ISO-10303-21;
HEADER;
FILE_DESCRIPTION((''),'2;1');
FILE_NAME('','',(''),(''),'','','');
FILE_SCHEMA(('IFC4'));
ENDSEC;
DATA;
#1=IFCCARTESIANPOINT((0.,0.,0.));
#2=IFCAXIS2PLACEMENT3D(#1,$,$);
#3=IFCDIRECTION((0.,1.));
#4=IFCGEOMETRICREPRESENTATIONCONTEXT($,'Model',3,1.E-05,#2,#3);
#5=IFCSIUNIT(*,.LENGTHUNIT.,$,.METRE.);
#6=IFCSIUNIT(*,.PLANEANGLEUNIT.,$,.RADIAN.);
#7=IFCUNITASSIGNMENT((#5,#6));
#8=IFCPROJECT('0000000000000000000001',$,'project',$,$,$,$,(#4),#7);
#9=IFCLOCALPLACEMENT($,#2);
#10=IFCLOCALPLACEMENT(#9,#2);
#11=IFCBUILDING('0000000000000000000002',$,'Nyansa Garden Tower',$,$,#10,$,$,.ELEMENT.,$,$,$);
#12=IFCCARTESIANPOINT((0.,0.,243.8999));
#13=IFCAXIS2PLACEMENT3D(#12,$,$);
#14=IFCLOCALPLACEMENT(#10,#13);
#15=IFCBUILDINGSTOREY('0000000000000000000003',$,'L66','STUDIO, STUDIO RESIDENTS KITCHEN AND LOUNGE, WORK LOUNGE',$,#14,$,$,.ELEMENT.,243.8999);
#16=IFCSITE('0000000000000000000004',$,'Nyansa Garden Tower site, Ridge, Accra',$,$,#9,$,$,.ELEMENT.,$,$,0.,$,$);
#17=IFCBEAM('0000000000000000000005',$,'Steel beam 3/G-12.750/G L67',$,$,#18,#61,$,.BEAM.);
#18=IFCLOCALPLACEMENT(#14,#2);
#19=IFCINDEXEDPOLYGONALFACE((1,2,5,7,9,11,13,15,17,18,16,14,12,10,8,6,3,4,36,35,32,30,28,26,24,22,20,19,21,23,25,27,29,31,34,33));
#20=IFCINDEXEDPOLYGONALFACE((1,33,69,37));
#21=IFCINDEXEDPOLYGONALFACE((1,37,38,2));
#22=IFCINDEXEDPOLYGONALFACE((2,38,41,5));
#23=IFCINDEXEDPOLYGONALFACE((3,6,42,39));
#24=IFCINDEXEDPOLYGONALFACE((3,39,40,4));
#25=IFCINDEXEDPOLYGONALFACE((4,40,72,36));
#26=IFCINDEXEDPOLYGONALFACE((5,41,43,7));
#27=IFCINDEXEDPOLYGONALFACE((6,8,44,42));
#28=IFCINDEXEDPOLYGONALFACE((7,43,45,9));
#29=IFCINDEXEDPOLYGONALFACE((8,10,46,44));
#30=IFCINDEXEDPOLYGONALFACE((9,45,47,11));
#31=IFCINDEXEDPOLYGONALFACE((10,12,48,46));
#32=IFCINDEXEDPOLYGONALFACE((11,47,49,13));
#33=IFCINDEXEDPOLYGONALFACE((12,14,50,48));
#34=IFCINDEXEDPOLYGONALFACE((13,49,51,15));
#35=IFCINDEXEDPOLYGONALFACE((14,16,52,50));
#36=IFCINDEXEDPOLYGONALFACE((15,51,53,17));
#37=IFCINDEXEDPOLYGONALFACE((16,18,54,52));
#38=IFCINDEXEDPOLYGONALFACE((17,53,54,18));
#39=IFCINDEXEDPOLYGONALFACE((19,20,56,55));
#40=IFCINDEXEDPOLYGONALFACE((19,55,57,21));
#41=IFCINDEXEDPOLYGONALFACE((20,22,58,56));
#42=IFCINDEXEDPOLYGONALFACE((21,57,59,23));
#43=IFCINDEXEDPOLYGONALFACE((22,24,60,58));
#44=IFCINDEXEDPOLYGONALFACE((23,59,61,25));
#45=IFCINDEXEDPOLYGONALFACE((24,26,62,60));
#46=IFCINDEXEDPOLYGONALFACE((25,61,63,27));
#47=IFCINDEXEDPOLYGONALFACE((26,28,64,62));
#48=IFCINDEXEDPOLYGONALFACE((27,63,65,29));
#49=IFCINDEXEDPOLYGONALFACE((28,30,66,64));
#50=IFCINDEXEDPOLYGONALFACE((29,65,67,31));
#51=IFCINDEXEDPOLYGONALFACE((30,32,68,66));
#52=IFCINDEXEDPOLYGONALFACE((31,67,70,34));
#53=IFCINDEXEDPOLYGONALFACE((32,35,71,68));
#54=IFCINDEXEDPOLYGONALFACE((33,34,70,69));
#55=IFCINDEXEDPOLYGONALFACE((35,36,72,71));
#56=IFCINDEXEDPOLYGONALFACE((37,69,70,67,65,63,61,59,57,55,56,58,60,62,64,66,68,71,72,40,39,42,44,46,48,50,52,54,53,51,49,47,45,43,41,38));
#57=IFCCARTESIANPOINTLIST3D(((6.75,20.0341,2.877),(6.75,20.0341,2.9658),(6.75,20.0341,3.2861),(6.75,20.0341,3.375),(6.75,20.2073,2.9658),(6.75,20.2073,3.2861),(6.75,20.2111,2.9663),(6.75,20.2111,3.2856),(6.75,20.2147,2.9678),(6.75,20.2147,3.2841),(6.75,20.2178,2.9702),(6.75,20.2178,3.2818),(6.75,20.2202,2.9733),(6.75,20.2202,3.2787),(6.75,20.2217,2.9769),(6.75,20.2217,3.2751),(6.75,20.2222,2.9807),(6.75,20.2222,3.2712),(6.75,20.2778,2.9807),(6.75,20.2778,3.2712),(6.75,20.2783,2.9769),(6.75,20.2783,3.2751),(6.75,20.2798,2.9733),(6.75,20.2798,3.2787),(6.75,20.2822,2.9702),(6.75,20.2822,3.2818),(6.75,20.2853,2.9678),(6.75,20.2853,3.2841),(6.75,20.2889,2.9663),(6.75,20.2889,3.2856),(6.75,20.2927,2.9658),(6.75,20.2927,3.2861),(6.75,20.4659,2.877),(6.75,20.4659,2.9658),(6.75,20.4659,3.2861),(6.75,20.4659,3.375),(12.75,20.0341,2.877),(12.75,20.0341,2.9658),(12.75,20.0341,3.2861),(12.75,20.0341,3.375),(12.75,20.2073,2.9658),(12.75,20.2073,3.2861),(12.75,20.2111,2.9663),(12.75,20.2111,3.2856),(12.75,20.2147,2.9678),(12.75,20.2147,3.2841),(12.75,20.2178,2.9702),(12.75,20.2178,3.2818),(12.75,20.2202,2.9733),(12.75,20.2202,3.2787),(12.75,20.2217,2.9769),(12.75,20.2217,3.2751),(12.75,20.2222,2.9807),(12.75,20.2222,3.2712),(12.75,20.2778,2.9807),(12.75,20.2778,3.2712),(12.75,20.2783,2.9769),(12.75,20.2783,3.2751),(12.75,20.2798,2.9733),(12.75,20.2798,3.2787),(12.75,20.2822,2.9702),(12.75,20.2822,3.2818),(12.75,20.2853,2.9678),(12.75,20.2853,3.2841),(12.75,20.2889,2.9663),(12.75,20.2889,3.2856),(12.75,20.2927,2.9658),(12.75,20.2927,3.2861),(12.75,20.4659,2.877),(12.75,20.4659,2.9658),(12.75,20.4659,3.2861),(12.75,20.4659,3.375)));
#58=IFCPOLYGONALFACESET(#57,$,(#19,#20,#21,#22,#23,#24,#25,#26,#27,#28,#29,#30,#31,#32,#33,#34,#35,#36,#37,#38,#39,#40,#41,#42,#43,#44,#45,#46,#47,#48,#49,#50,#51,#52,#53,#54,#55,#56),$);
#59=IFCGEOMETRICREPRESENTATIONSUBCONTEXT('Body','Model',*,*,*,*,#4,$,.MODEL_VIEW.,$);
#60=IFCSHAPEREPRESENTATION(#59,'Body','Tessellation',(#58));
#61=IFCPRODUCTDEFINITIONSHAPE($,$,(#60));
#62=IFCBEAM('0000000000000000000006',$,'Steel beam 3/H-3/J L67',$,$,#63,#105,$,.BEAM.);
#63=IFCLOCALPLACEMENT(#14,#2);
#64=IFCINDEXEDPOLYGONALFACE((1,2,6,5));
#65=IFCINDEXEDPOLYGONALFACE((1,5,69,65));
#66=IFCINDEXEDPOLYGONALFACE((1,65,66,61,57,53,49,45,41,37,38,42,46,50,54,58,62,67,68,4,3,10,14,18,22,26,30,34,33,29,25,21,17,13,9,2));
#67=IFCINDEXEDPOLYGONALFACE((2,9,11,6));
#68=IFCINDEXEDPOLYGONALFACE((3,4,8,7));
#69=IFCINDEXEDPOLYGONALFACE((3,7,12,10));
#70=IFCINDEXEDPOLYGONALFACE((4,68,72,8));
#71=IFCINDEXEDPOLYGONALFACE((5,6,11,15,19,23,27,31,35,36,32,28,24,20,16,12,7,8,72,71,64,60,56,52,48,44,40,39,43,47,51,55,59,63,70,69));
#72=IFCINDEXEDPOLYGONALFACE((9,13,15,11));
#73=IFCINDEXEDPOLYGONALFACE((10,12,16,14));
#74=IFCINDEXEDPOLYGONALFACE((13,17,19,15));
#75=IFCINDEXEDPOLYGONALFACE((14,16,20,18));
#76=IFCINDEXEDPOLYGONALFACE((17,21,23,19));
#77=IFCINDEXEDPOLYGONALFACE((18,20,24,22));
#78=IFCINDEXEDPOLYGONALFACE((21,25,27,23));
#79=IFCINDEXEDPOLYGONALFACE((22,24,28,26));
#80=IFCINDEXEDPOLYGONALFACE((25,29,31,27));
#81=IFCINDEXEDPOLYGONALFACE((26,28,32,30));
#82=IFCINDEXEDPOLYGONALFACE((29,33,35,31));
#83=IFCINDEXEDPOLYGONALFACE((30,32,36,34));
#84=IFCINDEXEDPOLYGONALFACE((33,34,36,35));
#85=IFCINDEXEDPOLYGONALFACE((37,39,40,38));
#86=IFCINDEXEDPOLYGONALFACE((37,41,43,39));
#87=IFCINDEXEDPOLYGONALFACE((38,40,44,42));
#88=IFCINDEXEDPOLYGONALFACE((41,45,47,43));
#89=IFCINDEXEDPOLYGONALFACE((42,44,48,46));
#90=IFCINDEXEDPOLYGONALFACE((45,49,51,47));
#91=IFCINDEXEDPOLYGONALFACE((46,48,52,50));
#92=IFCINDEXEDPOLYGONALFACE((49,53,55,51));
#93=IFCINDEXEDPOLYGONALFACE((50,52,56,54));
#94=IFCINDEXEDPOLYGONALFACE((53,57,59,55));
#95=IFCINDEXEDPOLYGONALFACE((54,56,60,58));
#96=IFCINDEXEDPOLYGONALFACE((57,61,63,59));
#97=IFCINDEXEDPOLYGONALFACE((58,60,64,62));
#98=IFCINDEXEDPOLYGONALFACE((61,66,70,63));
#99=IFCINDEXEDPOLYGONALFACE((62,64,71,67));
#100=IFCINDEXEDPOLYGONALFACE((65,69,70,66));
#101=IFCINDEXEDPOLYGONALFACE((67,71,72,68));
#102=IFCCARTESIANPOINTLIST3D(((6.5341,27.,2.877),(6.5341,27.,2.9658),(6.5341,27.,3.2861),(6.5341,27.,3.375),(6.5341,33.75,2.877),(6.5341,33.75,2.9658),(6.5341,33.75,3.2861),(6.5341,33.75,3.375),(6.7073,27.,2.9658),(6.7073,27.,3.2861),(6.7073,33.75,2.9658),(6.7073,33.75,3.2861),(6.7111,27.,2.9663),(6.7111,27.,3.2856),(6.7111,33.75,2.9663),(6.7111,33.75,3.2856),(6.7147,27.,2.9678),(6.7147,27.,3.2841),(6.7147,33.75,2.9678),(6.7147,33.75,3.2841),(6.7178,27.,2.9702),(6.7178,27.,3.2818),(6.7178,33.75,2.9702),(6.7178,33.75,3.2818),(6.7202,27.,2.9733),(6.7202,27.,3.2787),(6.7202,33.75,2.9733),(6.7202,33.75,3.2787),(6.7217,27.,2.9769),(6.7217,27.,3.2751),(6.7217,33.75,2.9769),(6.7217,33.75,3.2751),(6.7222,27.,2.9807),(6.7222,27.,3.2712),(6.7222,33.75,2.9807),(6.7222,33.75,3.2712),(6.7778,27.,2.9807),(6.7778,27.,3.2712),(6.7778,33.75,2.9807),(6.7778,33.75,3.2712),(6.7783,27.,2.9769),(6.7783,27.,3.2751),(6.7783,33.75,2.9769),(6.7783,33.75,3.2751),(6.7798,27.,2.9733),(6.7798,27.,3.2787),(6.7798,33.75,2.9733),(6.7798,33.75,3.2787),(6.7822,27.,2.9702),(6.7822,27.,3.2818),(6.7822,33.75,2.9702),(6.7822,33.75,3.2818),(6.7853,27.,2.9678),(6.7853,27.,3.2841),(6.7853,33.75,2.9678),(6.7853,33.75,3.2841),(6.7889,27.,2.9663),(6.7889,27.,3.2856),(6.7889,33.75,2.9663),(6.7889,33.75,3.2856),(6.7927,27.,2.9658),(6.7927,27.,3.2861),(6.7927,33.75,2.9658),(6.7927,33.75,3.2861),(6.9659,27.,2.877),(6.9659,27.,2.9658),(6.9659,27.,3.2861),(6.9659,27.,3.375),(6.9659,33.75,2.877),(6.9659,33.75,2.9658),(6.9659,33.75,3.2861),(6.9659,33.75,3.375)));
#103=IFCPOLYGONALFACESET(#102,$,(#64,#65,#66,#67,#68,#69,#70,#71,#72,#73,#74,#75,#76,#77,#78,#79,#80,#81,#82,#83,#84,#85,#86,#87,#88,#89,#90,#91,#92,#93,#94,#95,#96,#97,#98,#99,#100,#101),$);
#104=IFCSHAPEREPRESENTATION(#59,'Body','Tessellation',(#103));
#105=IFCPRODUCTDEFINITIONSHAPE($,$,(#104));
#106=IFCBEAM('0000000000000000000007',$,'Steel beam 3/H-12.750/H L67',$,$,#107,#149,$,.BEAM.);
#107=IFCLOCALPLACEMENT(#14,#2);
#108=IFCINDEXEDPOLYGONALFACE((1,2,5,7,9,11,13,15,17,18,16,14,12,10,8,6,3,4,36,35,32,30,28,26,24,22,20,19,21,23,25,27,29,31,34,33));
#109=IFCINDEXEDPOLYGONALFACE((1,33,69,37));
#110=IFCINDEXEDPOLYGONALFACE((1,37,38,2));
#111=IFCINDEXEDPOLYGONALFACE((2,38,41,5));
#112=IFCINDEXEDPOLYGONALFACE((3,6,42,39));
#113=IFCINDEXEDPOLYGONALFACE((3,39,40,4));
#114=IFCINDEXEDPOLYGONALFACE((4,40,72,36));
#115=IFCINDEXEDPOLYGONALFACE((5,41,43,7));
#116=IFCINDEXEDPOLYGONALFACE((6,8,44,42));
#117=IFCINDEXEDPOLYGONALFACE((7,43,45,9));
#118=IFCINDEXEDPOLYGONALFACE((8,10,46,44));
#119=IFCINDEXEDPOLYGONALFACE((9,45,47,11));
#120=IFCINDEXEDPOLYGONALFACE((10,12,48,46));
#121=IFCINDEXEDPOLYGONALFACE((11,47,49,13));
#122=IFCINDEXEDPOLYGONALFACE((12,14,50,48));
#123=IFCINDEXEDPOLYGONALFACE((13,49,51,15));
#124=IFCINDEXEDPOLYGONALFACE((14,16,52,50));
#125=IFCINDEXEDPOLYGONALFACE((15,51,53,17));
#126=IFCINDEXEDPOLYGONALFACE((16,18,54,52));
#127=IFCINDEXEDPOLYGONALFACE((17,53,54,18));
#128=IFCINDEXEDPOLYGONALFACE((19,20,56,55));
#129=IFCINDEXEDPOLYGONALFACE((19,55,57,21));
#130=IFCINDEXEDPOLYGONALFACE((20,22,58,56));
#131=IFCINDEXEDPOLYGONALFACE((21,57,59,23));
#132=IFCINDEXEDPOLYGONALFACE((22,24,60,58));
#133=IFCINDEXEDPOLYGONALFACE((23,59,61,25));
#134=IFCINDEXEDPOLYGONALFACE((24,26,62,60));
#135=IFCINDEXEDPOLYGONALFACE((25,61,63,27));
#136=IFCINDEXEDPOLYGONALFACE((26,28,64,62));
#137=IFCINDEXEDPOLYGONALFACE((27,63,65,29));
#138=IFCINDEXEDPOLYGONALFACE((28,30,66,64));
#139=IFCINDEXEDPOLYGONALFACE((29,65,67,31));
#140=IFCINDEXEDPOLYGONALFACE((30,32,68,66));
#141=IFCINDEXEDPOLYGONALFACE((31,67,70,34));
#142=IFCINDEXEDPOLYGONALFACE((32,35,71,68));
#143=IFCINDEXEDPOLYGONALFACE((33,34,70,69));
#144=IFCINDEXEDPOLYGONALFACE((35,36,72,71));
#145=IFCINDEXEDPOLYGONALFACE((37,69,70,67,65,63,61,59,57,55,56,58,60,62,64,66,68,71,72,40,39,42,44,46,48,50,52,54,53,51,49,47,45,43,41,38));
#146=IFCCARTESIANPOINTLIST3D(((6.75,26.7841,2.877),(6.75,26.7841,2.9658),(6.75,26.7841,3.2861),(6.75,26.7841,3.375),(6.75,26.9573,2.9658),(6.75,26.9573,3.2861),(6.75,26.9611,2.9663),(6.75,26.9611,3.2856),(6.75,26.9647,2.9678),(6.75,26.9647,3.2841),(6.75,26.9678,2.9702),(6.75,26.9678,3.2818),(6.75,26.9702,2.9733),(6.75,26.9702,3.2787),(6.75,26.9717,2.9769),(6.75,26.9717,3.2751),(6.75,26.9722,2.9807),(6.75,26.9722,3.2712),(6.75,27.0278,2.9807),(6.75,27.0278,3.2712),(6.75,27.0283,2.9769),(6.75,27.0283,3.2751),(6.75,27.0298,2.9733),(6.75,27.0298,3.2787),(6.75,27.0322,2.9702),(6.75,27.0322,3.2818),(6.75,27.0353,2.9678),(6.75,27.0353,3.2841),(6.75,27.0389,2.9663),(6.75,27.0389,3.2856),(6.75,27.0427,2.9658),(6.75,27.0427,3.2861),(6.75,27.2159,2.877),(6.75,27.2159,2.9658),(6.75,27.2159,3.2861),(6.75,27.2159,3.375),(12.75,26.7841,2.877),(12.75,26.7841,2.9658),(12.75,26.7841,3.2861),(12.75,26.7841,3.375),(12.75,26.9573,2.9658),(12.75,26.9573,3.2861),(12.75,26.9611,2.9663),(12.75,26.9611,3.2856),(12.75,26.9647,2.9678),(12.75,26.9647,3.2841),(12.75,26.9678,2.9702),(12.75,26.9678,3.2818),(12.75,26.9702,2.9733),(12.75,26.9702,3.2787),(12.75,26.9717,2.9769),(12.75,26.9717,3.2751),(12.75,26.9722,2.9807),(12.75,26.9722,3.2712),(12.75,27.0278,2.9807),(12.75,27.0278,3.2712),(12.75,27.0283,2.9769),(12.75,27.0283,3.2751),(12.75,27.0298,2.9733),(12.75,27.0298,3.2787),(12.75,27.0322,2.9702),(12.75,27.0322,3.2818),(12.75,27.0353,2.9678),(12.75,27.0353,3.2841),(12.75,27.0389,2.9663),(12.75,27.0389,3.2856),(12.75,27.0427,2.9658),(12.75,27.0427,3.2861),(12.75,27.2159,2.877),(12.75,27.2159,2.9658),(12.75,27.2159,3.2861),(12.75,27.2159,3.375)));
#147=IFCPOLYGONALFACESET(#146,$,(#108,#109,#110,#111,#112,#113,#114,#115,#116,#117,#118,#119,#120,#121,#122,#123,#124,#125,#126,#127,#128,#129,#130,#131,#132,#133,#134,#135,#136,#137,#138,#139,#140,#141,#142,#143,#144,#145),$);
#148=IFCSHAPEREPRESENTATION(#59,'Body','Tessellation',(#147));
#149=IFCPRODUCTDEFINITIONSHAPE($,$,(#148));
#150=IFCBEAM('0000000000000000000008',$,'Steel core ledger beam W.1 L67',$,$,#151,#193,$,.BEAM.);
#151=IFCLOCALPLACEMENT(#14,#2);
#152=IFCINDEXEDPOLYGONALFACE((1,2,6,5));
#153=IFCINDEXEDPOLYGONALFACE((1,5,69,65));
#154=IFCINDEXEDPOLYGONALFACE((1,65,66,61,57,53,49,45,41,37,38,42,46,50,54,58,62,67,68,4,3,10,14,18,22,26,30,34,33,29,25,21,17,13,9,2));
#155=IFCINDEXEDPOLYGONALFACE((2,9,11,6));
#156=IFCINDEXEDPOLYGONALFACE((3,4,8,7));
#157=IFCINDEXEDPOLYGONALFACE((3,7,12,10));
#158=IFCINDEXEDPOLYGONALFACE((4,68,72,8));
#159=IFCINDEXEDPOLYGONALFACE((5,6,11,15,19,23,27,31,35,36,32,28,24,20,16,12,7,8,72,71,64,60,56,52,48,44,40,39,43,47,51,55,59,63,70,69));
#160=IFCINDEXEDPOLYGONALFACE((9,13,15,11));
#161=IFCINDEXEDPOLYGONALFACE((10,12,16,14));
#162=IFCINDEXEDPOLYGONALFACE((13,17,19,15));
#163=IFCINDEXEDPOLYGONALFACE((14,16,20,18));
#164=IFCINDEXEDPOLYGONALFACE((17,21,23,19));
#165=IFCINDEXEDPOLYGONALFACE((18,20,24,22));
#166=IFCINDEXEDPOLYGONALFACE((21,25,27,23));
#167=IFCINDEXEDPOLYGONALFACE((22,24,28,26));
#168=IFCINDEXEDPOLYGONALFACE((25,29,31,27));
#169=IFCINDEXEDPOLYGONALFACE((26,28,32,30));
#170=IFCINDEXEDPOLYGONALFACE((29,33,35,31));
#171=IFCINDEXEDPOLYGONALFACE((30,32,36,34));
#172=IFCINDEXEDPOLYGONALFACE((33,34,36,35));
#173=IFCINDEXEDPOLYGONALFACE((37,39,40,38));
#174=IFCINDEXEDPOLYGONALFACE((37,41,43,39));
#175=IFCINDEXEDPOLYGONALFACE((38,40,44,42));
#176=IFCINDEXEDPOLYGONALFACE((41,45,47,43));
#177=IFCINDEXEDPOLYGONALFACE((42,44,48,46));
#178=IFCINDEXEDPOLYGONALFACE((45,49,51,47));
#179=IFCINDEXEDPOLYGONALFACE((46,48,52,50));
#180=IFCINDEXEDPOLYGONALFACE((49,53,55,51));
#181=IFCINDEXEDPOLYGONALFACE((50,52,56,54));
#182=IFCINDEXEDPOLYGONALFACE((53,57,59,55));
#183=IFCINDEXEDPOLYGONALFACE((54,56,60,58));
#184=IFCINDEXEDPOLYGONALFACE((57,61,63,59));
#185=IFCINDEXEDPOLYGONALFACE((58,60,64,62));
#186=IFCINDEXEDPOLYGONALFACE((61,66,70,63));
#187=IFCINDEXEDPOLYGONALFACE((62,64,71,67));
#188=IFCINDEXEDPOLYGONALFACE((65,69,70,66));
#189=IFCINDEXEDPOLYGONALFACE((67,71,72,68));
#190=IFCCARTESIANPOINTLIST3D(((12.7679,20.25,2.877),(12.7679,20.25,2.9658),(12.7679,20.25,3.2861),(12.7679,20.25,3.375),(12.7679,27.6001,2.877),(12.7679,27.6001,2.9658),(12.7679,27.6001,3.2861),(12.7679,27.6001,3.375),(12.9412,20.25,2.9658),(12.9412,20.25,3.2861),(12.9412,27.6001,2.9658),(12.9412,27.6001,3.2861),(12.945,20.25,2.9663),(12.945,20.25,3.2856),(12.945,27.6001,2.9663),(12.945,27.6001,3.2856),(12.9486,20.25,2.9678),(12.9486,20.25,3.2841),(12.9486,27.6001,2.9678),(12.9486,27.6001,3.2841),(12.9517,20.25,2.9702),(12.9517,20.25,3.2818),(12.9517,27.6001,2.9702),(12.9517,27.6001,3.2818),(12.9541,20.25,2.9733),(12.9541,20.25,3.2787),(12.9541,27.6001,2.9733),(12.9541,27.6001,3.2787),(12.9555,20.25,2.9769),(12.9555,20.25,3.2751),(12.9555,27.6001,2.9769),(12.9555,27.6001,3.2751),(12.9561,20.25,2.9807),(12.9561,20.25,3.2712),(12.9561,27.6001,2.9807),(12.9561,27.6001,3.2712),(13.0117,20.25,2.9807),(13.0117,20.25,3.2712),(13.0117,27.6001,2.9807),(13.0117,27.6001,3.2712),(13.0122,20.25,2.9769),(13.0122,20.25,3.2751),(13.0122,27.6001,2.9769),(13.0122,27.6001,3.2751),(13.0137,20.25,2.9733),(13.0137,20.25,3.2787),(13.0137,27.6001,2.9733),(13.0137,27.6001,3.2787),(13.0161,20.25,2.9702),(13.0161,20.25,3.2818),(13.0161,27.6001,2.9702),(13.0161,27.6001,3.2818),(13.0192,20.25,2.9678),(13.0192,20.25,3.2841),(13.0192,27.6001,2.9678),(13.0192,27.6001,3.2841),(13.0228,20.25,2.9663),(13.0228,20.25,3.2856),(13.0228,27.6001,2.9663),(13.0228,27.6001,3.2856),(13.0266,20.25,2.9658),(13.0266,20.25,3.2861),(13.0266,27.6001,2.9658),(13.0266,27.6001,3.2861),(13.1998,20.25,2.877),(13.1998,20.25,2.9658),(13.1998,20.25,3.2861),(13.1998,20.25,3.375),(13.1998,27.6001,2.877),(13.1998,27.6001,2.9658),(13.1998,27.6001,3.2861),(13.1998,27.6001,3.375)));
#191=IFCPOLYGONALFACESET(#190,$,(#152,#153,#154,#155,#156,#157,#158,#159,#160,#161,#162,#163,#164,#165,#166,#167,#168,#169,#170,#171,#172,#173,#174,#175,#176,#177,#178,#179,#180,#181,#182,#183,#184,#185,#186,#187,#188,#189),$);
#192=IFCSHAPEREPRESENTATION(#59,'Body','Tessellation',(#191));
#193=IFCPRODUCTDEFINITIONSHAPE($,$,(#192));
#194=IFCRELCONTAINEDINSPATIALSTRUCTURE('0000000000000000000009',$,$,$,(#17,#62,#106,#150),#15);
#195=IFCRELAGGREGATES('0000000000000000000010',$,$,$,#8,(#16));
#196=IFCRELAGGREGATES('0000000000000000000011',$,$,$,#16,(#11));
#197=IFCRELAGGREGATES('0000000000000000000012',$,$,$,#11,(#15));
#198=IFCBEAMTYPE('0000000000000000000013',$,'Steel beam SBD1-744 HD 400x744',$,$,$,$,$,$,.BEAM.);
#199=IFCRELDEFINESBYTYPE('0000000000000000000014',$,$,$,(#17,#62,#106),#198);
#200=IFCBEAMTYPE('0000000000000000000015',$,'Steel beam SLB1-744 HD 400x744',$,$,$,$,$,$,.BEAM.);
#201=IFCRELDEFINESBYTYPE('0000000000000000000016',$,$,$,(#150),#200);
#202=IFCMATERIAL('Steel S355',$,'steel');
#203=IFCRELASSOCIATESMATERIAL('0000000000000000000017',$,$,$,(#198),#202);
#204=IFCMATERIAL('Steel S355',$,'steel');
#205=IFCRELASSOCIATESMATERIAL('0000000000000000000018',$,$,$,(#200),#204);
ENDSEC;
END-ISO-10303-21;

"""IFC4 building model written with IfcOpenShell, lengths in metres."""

from ifc_helpers import new_model, si_unit, direction, frame, origin, origin_2d, place, context, subcontext, project, spatial, i_section, extrude, material, material_profile, profile_set, type_object, element, save


model = new_model("IFC4")

# Units and contexts
model_context = context("Model", 3, precision=1e-05, world=origin(), true_north=direction((0.0, 1.0)))
body_context = subcontext(model_context, "Body", "Model", "MODEL_VIEW")
ifc_project = project(units=[si_unit("LENGTHUNIT", "METRE"), si_unit("PLANEANGLEUNIT", "RADIAN")], contexts=[model_context])

# Site, building, storey
site_placement = place(None, origin())
site = spatial("IfcSite", under=ifc_project, at=site_placement, Name="Nyansa Garden Tower site, Ridge, Accra", CompositionType="ELEMENT", RefElevation=0.0)
building_placement = place(site_placement, origin())
building = spatial("IfcBuilding", under=site, at=building_placement, Name="Nyansa Garden Tower", CompositionType="ELEMENT")
storey_placement = place(building_placement, frame((0.0, 0.0, 243.8999)))
storey = spatial("IfcBuildingStorey", under=building, at=storey_placement, Name="L66", Description="STUDIO, STUDIO RESIDENTS KITCHEN AND LOUNGE, WORK LOUNGE", CompositionType="ELEMENT", Elevation=243.8999)

# Beams
ifc_material_1 = material(Name="Steel S355", Category="steel")
ifc_material_profile_1 = material_profile(ifc_material_1, i_section(OverallWidth=0.4319, OverallDepth=0.498, WebThickness=0.0557, FlangeThickness=0.0889, FilletRadius=0.0149, at=origin_2d()), Name="HD 400x744")
ifc_profile_set_1 = profile_set([ifc_material_profile_1], Name="Steel S355")
beam_type_1 = type_object("IfcBeamType", Name="Steel beam SBD1-744 HD 400x744", PredefinedType="BEAM", material=ifc_profile_set_1)
beam_1_placement = place(storey_placement, frame((6.75, 20.25, 3.126), z_axis=(1.0, 0.0, 0.0), x_axis=(0.0, 1.0, 0.0)))
element("IfcBeam", 1, at=beam_1_placement, inside=storey, type_object=beam_type_1, Name="Steel beam 3/G-12.750/G L67", PredefinedType="BEAM", context=body_context, shape_type="SweptSolid", body=[
    extrude(i_section(OverallWidth=0.4319, OverallDepth=0.498, WebThickness=0.0557, FlangeThickness=0.0889, FilletRadius=0.0149, at=origin_2d()), origin(), (0.0, 0.0, 1.0), 6.0),
])
beam_2_placement = place(storey_placement, frame((6.75, 27.0, 3.126), z_axis=(0.0, 1.0, 0.0), x_axis=(-1.0, 0.0, 0.0)))
element("IfcBeam", 2, at=beam_2_placement, inside=storey, type_object=beam_type_1, Name="Steel beam 3/H-3/J L67", PredefinedType="BEAM", context=body_context, shape_type="SweptSolid", body=[
    extrude(i_section(OverallWidth=0.4319, OverallDepth=0.498, WebThickness=0.0557, FlangeThickness=0.0889, FilletRadius=0.0149, at=origin_2d()), origin(), (0.0, 0.0, 1.0), 6.75),
])
beam_3_placement = place(storey_placement, frame((6.75, 27.0, 3.126), z_axis=(1.0, 0.0, 0.0), x_axis=(0.0, 1.0, 0.0)))
element("IfcBeam", 3, at=beam_3_placement, inside=storey, type_object=beam_type_1, Name="Steel beam 3/H-12.750/H L67", PredefinedType="BEAM", context=body_context, shape_type="SweptSolid", body=[
    extrude(i_section(OverallWidth=0.4319, OverallDepth=0.498, WebThickness=0.0557, FlangeThickness=0.0889, FilletRadius=0.0149, at=origin_2d()), origin(), (0.0, 0.0, 1.0), 6.0),
])
ifc_material_2 = material(Name="Steel S355", Category="steel")
ifc_material_profile_2 = material_profile(ifc_material_2, i_section(OverallWidth=0.4319, OverallDepth=0.498, WebThickness=0.0557, FlangeThickness=0.0889, FilletRadius=0.0149, at=origin_2d()), Name="HD 400x744")
ifc_profile_set_2 = profile_set([ifc_material_profile_2], Name="Steel S355")
beam_type_2 = type_object("IfcBeamType", Name="Steel beam SLB1-744 HD 400x744", PredefinedType="BEAM", material=ifc_profile_set_2)
for number, where, z_axis, x_axis, name in (
    (4, (12.9839, 27.6001, 3.126), (0.0, -1.0, 0.0), (1.0, 0.0, 0.0), "Steel core ledger beam W.1 L67"),
):
    element("IfcBeam", number, at=place(storey_placement, frame(where, z_axis=z_axis, x_axis=x_axis)), inside=storey, type_object=beam_type_2, Name=name, PredefinedType="BEAM", context=body_context, shape_type="SweptSolid", body=[
        extrude(i_section(OverallWidth=0.4319, OverallDepth=0.498, WebThickness=0.0557, FlangeThickness=0.0889, FilletRadius=0.0149, at=origin_2d()), origin(), (0.0, 0.0, 1.0), 7.3501),
    ])

save(model, "model.ifc")
